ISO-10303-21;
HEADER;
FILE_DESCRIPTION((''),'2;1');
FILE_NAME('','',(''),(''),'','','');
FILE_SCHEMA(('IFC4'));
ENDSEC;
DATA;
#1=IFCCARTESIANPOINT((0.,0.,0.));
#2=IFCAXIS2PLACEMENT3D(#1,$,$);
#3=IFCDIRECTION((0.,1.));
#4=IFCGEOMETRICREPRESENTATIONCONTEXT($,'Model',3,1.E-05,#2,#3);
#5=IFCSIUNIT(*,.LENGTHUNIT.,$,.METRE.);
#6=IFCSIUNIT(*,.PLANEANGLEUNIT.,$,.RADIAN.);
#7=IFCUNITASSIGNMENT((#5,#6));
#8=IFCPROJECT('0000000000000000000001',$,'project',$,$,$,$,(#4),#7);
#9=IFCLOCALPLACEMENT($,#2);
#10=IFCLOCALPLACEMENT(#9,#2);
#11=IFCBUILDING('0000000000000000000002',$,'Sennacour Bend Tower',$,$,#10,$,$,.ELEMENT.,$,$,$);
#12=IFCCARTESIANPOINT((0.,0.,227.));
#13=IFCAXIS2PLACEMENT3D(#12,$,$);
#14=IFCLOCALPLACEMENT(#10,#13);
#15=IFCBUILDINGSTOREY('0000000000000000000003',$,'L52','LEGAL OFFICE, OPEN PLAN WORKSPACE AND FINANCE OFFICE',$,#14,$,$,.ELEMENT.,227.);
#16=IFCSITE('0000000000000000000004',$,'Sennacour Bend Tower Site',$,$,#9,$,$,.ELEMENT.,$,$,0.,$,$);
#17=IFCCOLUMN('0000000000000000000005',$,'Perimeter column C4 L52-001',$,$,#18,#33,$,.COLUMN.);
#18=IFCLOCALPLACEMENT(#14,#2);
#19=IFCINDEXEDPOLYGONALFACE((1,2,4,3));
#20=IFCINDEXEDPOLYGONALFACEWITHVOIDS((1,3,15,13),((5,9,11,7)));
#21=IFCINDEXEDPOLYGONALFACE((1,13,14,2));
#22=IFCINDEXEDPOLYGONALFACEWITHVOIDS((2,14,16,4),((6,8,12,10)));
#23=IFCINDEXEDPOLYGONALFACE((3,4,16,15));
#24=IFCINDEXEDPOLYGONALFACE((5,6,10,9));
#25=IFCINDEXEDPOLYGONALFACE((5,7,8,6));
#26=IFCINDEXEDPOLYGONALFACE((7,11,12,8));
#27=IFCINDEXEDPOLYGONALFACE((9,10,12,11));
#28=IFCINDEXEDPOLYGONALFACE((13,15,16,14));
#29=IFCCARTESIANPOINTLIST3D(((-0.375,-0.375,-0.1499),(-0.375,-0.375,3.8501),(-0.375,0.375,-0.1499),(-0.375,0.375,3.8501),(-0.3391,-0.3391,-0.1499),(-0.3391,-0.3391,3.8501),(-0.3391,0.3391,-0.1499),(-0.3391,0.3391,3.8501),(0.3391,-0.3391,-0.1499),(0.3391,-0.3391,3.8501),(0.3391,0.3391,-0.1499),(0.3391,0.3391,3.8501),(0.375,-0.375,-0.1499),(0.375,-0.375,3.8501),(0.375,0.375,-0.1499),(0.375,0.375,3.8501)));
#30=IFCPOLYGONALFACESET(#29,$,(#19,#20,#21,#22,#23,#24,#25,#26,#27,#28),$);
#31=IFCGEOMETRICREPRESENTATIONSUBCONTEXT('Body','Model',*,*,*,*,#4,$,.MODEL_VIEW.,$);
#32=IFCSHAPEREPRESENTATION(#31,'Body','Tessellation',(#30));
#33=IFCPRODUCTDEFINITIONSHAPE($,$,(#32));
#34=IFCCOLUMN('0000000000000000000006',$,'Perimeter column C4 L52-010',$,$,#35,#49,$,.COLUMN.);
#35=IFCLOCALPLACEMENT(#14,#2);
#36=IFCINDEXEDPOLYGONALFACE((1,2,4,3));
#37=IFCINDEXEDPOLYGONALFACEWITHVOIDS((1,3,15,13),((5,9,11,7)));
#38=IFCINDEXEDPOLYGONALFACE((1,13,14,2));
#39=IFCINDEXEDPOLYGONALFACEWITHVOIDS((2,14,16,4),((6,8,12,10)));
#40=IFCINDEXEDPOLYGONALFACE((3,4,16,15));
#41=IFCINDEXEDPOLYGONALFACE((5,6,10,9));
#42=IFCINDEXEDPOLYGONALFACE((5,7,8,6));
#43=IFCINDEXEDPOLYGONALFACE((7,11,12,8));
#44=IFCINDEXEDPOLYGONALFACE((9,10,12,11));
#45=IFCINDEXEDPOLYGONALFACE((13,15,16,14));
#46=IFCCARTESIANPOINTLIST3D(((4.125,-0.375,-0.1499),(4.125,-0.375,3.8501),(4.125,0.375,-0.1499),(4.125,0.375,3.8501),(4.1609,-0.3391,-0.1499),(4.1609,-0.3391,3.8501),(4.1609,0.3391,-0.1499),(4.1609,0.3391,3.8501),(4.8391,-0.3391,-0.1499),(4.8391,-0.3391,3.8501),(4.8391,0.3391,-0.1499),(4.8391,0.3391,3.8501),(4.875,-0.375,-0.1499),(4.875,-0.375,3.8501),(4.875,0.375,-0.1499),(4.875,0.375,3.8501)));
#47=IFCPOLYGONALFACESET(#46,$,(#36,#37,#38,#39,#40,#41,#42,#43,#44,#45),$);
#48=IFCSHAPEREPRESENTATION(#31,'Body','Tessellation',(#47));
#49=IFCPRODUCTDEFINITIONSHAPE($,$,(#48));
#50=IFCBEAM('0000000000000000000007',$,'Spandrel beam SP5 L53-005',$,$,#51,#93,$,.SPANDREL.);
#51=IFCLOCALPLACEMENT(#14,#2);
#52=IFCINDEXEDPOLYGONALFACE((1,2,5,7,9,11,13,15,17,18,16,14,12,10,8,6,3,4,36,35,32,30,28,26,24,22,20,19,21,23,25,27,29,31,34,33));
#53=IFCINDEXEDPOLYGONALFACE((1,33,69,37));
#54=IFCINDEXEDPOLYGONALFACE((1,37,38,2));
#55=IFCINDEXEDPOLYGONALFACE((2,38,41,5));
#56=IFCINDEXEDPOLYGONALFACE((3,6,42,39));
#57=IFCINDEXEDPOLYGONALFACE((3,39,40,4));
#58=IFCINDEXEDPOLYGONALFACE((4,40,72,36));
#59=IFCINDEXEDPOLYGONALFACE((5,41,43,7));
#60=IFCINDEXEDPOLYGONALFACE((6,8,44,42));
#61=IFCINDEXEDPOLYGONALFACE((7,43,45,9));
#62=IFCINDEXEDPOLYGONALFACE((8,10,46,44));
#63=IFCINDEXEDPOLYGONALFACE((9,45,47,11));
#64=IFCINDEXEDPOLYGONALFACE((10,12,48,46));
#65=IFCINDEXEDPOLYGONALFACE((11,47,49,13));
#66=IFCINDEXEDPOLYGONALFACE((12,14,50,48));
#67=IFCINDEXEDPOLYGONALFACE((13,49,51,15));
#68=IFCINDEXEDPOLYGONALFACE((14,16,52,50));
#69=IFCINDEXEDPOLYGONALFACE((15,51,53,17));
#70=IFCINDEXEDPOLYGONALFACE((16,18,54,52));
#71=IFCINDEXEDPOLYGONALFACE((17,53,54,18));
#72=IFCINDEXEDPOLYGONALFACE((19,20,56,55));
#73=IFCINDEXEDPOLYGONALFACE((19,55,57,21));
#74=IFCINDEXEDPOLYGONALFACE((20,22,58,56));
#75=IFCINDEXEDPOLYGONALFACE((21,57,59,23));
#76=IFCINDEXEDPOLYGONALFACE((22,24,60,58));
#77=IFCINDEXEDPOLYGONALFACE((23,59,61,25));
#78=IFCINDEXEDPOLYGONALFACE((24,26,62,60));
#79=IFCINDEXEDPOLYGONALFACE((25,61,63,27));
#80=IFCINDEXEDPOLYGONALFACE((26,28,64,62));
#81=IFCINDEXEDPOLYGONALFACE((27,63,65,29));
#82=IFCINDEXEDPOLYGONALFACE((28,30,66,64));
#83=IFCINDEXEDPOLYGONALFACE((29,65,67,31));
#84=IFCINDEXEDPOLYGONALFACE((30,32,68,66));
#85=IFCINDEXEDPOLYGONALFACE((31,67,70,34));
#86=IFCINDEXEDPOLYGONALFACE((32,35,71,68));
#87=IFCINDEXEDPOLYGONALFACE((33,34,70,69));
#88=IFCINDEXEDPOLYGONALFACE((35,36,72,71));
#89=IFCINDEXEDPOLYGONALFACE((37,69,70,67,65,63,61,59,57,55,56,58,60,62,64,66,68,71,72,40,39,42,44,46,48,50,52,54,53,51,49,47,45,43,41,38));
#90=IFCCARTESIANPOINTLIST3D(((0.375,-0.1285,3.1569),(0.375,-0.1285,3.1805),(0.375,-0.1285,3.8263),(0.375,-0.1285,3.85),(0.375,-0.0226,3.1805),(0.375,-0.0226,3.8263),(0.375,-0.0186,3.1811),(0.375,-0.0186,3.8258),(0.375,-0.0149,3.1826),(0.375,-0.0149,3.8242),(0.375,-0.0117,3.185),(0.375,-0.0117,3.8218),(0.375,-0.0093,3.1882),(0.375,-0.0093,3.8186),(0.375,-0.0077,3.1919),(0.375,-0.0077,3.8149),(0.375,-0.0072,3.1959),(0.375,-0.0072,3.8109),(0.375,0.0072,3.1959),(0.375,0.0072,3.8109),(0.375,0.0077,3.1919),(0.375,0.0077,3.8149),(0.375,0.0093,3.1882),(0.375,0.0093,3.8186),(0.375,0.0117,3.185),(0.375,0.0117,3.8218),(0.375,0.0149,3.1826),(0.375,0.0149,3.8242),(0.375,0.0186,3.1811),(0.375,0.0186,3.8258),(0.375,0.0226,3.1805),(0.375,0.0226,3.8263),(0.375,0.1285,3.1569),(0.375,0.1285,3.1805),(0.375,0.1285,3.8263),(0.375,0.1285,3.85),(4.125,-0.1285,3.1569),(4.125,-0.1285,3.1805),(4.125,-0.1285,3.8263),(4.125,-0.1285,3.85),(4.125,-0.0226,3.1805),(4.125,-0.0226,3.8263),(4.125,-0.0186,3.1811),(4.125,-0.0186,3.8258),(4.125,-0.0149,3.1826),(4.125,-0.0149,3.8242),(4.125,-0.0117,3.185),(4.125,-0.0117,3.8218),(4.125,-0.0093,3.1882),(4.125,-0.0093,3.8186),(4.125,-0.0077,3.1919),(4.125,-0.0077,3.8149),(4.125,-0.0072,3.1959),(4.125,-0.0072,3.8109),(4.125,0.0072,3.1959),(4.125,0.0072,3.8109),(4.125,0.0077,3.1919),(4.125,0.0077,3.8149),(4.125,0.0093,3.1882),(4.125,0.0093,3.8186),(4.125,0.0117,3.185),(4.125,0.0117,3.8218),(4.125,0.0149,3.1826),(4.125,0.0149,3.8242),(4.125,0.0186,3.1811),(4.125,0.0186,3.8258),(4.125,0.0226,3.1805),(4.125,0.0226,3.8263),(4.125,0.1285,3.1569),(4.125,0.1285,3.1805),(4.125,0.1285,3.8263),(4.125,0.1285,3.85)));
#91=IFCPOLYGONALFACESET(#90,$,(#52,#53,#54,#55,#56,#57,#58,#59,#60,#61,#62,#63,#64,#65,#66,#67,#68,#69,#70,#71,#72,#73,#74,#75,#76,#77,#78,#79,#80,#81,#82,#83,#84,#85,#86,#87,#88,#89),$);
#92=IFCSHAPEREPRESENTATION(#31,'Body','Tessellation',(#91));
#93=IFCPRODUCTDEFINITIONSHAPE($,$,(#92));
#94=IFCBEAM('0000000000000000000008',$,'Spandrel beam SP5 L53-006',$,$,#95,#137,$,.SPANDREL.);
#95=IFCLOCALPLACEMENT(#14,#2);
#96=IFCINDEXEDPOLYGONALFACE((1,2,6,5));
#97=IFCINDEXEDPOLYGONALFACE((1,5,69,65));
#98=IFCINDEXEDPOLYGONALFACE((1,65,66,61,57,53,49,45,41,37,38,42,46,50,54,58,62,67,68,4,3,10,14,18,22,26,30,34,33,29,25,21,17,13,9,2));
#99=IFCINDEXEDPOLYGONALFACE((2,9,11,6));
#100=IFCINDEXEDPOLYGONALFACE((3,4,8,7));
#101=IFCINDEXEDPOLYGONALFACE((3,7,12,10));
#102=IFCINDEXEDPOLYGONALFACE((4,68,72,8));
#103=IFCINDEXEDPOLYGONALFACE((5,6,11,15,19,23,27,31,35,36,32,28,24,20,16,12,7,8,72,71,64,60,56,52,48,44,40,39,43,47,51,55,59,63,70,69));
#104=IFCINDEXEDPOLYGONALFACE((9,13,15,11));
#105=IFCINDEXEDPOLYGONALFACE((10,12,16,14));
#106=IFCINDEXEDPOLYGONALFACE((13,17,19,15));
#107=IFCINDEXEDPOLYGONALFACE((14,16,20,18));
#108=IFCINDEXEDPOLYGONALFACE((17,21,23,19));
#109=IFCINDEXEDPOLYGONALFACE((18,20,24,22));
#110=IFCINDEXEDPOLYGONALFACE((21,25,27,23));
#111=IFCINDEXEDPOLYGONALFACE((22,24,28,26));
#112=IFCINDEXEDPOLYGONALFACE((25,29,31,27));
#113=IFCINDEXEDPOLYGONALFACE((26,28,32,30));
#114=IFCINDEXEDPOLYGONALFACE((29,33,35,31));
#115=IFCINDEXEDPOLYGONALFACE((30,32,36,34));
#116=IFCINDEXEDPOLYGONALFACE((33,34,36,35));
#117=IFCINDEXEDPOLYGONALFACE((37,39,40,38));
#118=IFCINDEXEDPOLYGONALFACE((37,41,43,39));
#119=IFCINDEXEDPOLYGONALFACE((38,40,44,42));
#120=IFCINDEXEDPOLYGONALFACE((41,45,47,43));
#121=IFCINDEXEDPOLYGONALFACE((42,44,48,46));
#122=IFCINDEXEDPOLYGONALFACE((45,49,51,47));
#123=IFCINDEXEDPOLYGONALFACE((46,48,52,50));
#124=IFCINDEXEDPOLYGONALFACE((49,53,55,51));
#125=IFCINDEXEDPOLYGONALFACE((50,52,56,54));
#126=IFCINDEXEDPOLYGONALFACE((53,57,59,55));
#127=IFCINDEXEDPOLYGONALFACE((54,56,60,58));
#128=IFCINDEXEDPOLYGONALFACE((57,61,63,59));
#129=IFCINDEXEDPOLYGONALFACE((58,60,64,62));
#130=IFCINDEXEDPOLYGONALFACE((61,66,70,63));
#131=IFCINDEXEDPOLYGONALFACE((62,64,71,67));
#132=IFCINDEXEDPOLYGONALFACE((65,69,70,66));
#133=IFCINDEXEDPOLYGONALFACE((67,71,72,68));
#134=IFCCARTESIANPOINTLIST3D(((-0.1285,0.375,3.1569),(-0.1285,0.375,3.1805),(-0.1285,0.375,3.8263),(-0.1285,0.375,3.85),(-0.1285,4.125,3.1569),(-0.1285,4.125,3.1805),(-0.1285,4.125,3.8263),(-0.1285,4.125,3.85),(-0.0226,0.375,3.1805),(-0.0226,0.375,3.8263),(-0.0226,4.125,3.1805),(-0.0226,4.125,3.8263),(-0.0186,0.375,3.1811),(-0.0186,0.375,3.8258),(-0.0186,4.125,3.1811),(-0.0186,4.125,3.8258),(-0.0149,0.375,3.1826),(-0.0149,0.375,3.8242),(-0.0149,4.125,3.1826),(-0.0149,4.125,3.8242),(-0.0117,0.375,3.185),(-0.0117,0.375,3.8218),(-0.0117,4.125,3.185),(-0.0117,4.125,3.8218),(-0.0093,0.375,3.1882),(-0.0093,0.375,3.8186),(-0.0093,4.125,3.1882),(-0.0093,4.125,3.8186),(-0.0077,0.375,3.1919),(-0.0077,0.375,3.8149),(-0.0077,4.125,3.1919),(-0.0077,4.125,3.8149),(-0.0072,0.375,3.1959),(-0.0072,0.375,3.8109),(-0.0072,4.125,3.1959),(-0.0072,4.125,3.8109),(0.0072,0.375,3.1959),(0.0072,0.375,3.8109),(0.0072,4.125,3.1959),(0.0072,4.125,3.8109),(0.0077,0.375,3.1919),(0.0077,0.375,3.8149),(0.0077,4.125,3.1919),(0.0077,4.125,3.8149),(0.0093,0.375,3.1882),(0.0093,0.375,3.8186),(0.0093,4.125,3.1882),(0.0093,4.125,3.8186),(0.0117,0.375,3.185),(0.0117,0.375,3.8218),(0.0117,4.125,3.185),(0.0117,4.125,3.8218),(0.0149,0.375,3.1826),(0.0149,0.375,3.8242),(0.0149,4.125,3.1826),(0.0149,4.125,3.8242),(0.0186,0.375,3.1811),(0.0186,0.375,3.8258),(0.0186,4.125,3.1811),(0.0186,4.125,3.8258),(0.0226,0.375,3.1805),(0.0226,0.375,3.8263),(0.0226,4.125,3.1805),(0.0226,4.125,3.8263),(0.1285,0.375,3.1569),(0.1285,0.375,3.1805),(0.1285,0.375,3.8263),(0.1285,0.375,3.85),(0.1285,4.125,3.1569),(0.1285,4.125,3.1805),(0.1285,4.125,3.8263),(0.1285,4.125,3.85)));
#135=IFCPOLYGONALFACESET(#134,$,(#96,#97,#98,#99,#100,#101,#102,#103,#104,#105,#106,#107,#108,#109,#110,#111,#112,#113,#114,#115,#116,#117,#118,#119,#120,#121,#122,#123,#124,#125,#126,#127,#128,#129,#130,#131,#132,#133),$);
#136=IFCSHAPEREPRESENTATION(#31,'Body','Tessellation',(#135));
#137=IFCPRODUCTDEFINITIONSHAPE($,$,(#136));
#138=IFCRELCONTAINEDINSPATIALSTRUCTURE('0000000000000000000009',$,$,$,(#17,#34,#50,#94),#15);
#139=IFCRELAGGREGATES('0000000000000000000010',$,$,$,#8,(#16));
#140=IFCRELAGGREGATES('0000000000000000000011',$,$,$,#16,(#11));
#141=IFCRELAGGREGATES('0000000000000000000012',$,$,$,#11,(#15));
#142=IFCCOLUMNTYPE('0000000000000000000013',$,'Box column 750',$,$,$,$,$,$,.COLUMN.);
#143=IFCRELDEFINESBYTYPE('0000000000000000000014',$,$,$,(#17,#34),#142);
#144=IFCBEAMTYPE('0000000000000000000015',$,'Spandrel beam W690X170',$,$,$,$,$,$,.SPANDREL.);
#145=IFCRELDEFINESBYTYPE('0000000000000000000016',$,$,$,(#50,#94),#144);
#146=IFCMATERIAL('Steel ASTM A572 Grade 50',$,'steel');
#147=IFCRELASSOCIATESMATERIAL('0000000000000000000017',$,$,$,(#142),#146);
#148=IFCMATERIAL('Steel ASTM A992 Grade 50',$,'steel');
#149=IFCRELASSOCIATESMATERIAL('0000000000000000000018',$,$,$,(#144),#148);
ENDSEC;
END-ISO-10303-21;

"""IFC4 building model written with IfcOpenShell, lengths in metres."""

from ifc_helpers import new_model, si_unit, direction, frame, origin, origin_2d, place, context, subcontext, project, spatial, hollow_rectangle, i_section, extrude, material, material_profile, profile_set, type_object, element, save


model = new_model("IFC4")

# Units and contexts
model_context = context("Model", 3, precision=1e-05, world=origin(), true_north=direction((0.0, 1.0)))
body_context = subcontext(model_context, "Body", "Model", "MODEL_VIEW")
ifc_project = project(units=[si_unit("LENGTHUNIT", "METRE"), si_unit("PLANEANGLEUNIT", "RADIAN")], contexts=[model_context])

# Site, building, storey
site_placement = place(None, origin())
site = spatial("IfcSite", under=ifc_project, at=site_placement, Name="Sennacour Bend Tower Site", CompositionType="ELEMENT", RefElevation=0.0)
building_placement = place(site_placement, origin())
building = spatial("IfcBuilding", under=site, at=building_placement, Name="Sennacour Bend Tower", CompositionType="ELEMENT")
storey_placement = place(building_placement, frame((0.0, 0.0, 227.0)))
storey = spatial("IfcBuildingStorey", under=building, at=storey_placement, Name="L52", Description="LEGAL OFFICE, OPEN PLAN WORKSPACE AND FINANCE OFFICE", CompositionType="ELEMENT", Elevation=227.0)

# Columns
ifc_material_1 = material(Name="Steel ASTM A572 Grade 50", Category="steel")
ifc_material_profile_1 = material_profile(ifc_material_1, hollow_rectangle(XDim=0.75, YDim=0.75, WallThickness=0.0359, at=origin_2d()), Name="Steel ASTM A572 Grade 50", Category="steel")
ifc_profile_set_1 = profile_set([ifc_material_profile_1], Name="Steel ASTM A572 Grade 50")
column_type = type_object("IfcColumnType", Name="Box column 750", PredefinedType="COLUMN", material=ifc_profile_set_1)
for number, where, z_axis, x_axis, name in (
    (1, (0.0, 0.0, -0.1499), (0.0, 0.0, 1.0), (1.0, 0.0, 0.0), "Perimeter column C4 L52-001"),
    (2, (4.5, 0.0, -0.1499), (0.0, 0.0, 1.0), (1.0, 0.0, 0.0), "Perimeter column C4 L52-010"),
):
    element("IfcColumn", number, at=place(storey_placement, frame(where, z_axis=z_axis, x_axis=x_axis)), inside=storey, type_object=column_type, Name=name, PredefinedType="COLUMN", context=body_context, shape_type="SweptSolid", body=[
        extrude(hollow_rectangle(XDim=0.75, YDim=0.75, WallThickness=0.0359, at=origin_2d()), origin(), (0.0, 0.0, 1.0), 4.0),
    ])

# Beams
ifc_material_2 = material(Name="Steel ASTM A992 Grade 50", Category="steel")
ifc_material_profile_2 = material_profile(ifc_material_2, i_section(OverallWidth=0.2571, OverallDepth=0.6931, WebThickness=0.0144, FlangeThickness=0.0237, FilletRadius=0.0154, at=origin_2d()), Name="Steel ASTM A992 Grade 50", Category="steel")
ifc_profile_set_2 = profile_set([ifc_material_profile_2], Name="Steel ASTM A992 Grade 50")
beam_type = type_object("IfcBeamType", Name="Spandrel beam W690X170", PredefinedType="SPANDREL", material=ifc_profile_set_2)
for number, where, z_axis, x_axis, name in (
    (3, (4.125, 0.0, 3.5034), (-1.0, 0.0, 0.0), (0.0, -1.0, 0.0), "Spandrel beam SP5 L53-005"),
    (4, (0.0, 0.375, 3.5034), (0.0, 1.0, 0.0), (-1.0, 0.0, 0.0), "Spandrel beam SP5 L53-006"),
):
    element("IfcBeam", number, at=place(storey_placement, frame(where, z_axis=z_axis, x_axis=x_axis)), inside=storey, type_object=beam_type, Name=name, PredefinedType="SPANDREL", context=body_context, shape_type="SweptSolid", body=[
        extrude(i_section(OverallWidth=0.2571, OverallDepth=0.6931, WebThickness=0.0144, FlangeThickness=0.0237, FilletRadius=0.0154, at=origin_2d()), origin(), (0.0, 0.0, 1.0), 3.75),
    ])

save(model, "model.ifc")
